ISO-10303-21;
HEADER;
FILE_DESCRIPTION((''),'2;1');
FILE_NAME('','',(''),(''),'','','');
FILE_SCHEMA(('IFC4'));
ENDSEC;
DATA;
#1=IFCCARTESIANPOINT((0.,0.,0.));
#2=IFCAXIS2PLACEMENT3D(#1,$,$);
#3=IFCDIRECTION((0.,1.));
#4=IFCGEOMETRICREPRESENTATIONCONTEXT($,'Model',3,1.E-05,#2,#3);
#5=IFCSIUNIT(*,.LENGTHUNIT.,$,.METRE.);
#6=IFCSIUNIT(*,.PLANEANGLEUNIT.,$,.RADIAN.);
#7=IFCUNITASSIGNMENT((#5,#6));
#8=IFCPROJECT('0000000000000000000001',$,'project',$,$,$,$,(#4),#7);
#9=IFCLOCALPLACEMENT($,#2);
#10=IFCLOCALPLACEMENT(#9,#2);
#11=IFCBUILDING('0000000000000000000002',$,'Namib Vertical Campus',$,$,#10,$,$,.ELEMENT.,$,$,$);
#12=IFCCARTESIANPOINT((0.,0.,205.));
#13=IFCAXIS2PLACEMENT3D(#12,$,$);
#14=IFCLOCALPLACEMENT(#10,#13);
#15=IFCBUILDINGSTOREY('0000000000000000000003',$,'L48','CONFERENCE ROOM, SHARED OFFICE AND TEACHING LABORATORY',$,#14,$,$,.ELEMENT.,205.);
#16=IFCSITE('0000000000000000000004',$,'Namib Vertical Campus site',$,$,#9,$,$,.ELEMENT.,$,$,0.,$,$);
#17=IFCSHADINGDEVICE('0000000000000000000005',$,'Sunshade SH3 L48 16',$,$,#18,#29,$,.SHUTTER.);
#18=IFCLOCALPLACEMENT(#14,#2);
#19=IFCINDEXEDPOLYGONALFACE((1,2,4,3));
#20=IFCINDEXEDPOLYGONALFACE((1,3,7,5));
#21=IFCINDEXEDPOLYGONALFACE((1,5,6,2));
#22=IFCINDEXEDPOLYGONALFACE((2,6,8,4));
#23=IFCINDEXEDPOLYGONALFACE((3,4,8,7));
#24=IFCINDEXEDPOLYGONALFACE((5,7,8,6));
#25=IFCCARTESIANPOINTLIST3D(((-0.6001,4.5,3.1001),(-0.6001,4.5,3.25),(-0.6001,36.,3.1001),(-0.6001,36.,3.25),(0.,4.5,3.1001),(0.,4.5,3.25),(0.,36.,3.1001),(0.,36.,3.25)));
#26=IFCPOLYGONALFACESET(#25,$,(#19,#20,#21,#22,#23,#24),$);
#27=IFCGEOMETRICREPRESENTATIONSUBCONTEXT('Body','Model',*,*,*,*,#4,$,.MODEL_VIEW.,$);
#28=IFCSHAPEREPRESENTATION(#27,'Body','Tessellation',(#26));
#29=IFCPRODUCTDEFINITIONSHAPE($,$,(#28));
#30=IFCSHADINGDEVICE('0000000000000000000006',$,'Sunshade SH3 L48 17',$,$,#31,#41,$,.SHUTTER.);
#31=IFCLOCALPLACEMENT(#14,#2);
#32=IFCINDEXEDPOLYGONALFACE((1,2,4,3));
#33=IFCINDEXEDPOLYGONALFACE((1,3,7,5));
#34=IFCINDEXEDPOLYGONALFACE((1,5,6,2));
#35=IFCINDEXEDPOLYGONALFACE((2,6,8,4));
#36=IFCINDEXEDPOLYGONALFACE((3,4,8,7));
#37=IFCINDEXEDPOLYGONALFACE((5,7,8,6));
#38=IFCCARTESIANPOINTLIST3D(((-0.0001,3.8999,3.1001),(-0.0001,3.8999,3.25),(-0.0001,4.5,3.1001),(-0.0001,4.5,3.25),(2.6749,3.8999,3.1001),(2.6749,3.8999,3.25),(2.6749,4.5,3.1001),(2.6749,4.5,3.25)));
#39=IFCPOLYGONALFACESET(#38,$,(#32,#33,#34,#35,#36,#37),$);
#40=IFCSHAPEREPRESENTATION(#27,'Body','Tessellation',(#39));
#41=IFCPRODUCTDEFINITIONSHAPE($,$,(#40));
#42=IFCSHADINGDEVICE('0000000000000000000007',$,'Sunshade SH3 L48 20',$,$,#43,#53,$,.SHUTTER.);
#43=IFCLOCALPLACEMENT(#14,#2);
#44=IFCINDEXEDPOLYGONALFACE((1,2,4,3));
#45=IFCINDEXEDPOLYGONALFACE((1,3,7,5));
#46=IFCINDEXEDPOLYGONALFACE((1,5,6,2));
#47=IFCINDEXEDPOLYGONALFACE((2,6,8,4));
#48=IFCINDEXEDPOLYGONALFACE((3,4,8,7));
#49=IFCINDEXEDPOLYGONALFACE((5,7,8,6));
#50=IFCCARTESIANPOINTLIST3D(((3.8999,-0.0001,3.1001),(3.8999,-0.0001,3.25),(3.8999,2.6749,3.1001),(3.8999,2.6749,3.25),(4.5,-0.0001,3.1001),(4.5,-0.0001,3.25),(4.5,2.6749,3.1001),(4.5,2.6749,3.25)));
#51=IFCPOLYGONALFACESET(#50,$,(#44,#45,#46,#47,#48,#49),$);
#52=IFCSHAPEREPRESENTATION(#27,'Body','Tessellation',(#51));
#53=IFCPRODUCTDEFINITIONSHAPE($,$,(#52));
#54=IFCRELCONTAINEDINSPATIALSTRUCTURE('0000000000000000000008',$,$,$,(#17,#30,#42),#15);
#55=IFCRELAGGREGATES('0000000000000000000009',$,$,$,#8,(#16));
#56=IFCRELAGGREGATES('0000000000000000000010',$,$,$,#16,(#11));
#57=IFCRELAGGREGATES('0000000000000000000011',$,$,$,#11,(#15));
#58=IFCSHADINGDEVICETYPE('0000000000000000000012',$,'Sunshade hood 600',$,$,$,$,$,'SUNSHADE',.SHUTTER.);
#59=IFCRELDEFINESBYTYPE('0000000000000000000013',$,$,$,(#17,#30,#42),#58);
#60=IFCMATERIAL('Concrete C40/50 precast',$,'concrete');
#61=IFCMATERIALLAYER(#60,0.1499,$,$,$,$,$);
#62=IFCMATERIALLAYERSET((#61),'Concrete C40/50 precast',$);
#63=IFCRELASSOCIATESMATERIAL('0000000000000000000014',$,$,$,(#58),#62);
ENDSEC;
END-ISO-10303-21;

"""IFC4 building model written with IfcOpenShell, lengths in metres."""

from ifc_helpers import new_model, si_unit, direction, frame, origin, origin_2d, place, context, subcontext, project, spatial, rectangle, extrude, material, layer, layer_set, type_object, element, save


model = new_model("IFC4")

# Units and contexts
model_context = context("Model", 3, precision=1e-05, world=origin(), true_north=direction((0.0, 1.0)))
body_context = subcontext(model_context, "Body", "Model", "MODEL_VIEW")
ifc_project = project(units=[si_unit("LENGTHUNIT", "METRE"), si_unit("PLANEANGLEUNIT", "RADIAN")], contexts=[model_context])

# Site, building, storey
site_placement = place(None, origin())
site = spatial("IfcSite", under=ifc_project, at=site_placement, Name="Namib Vertical Campus site", CompositionType="ELEMENT", RefElevation=0.0)
building_placement = place(site_placement, origin())
building = spatial("IfcBuilding", under=site, at=building_placement, Name="Namib Vertical Campus", CompositionType="ELEMENT")
storey_placement = place(building_placement, frame((0.0, 0.0, 205.0)))
storey = spatial("IfcBuildingStorey", under=building, at=storey_placement, Name="L48", Description="CONFERENCE ROOM, SHARED OFFICE AND TEACHING LABORATORY", CompositionType="ELEMENT", Elevation=205.0)

# Shading devices
ifc_material_1 = material(Name="Concrete C40/50 precast", Category="concrete")
ifc_layer_1 = layer(ifc_material_1, 0.1499)
ifc_layer_set_1 = layer_set([ifc_layer_1], Name="Concrete C40/50 precast")
shading_device_type = type_object("IfcShadingDeviceType", Name="Sunshade hood 600", ElementType="SUNSHADE", PredefinedType="SHUTTER", material=ifc_layer_set_1)
shading_device_placement = place(storey_placement, frame((-0.3, 20.25, 3.1001), z_axis=(0.0, 0.0, 1.0), x_axis=(0.0, -1.0, 0.0)))
element("IfcShadingDevice", 1, at=shading_device_placement, inside=storey, type_object=shading_device_type, Name="Sunshade SH3 L48 16", PredefinedType="SHUTTER", context=body_context, shape_type="SweptSolid", body=[
    extrude(rectangle(XDim=31.5, YDim=0.6001, at=origin_2d()), origin(), (0.0, 0.0, 1.0), 0.1499),
])
for number, where, z_axis, x_axis, name in (
    (2, (1.3374, 4.2, 3.1001), (0.0, 0.0, 1.0), (1.0, 0.0, 0.0), "Sunshade SH3 L48 17"),
    (3, (4.2, 1.3374, 3.1001), (0.0, 0.0, 1.0), (0.0, -1.0, 0.0), "Sunshade SH3 L48 20"),
):
    element("IfcShadingDevice", number, at=place(storey_placement, frame(where, z_axis=z_axis, x_axis=x_axis)), inside=storey, type_object=shading_device_type, Name=name, PredefinedType="SHUTTER", context=body_context, shape_type="SweptSolid", body=[
        extrude(rectangle(XDim=2.675, YDim=0.6001, at=origin_2d()), origin(), (0.0, 0.0, 1.0), 0.1499),
    ])

save(model, "model.ifc")
